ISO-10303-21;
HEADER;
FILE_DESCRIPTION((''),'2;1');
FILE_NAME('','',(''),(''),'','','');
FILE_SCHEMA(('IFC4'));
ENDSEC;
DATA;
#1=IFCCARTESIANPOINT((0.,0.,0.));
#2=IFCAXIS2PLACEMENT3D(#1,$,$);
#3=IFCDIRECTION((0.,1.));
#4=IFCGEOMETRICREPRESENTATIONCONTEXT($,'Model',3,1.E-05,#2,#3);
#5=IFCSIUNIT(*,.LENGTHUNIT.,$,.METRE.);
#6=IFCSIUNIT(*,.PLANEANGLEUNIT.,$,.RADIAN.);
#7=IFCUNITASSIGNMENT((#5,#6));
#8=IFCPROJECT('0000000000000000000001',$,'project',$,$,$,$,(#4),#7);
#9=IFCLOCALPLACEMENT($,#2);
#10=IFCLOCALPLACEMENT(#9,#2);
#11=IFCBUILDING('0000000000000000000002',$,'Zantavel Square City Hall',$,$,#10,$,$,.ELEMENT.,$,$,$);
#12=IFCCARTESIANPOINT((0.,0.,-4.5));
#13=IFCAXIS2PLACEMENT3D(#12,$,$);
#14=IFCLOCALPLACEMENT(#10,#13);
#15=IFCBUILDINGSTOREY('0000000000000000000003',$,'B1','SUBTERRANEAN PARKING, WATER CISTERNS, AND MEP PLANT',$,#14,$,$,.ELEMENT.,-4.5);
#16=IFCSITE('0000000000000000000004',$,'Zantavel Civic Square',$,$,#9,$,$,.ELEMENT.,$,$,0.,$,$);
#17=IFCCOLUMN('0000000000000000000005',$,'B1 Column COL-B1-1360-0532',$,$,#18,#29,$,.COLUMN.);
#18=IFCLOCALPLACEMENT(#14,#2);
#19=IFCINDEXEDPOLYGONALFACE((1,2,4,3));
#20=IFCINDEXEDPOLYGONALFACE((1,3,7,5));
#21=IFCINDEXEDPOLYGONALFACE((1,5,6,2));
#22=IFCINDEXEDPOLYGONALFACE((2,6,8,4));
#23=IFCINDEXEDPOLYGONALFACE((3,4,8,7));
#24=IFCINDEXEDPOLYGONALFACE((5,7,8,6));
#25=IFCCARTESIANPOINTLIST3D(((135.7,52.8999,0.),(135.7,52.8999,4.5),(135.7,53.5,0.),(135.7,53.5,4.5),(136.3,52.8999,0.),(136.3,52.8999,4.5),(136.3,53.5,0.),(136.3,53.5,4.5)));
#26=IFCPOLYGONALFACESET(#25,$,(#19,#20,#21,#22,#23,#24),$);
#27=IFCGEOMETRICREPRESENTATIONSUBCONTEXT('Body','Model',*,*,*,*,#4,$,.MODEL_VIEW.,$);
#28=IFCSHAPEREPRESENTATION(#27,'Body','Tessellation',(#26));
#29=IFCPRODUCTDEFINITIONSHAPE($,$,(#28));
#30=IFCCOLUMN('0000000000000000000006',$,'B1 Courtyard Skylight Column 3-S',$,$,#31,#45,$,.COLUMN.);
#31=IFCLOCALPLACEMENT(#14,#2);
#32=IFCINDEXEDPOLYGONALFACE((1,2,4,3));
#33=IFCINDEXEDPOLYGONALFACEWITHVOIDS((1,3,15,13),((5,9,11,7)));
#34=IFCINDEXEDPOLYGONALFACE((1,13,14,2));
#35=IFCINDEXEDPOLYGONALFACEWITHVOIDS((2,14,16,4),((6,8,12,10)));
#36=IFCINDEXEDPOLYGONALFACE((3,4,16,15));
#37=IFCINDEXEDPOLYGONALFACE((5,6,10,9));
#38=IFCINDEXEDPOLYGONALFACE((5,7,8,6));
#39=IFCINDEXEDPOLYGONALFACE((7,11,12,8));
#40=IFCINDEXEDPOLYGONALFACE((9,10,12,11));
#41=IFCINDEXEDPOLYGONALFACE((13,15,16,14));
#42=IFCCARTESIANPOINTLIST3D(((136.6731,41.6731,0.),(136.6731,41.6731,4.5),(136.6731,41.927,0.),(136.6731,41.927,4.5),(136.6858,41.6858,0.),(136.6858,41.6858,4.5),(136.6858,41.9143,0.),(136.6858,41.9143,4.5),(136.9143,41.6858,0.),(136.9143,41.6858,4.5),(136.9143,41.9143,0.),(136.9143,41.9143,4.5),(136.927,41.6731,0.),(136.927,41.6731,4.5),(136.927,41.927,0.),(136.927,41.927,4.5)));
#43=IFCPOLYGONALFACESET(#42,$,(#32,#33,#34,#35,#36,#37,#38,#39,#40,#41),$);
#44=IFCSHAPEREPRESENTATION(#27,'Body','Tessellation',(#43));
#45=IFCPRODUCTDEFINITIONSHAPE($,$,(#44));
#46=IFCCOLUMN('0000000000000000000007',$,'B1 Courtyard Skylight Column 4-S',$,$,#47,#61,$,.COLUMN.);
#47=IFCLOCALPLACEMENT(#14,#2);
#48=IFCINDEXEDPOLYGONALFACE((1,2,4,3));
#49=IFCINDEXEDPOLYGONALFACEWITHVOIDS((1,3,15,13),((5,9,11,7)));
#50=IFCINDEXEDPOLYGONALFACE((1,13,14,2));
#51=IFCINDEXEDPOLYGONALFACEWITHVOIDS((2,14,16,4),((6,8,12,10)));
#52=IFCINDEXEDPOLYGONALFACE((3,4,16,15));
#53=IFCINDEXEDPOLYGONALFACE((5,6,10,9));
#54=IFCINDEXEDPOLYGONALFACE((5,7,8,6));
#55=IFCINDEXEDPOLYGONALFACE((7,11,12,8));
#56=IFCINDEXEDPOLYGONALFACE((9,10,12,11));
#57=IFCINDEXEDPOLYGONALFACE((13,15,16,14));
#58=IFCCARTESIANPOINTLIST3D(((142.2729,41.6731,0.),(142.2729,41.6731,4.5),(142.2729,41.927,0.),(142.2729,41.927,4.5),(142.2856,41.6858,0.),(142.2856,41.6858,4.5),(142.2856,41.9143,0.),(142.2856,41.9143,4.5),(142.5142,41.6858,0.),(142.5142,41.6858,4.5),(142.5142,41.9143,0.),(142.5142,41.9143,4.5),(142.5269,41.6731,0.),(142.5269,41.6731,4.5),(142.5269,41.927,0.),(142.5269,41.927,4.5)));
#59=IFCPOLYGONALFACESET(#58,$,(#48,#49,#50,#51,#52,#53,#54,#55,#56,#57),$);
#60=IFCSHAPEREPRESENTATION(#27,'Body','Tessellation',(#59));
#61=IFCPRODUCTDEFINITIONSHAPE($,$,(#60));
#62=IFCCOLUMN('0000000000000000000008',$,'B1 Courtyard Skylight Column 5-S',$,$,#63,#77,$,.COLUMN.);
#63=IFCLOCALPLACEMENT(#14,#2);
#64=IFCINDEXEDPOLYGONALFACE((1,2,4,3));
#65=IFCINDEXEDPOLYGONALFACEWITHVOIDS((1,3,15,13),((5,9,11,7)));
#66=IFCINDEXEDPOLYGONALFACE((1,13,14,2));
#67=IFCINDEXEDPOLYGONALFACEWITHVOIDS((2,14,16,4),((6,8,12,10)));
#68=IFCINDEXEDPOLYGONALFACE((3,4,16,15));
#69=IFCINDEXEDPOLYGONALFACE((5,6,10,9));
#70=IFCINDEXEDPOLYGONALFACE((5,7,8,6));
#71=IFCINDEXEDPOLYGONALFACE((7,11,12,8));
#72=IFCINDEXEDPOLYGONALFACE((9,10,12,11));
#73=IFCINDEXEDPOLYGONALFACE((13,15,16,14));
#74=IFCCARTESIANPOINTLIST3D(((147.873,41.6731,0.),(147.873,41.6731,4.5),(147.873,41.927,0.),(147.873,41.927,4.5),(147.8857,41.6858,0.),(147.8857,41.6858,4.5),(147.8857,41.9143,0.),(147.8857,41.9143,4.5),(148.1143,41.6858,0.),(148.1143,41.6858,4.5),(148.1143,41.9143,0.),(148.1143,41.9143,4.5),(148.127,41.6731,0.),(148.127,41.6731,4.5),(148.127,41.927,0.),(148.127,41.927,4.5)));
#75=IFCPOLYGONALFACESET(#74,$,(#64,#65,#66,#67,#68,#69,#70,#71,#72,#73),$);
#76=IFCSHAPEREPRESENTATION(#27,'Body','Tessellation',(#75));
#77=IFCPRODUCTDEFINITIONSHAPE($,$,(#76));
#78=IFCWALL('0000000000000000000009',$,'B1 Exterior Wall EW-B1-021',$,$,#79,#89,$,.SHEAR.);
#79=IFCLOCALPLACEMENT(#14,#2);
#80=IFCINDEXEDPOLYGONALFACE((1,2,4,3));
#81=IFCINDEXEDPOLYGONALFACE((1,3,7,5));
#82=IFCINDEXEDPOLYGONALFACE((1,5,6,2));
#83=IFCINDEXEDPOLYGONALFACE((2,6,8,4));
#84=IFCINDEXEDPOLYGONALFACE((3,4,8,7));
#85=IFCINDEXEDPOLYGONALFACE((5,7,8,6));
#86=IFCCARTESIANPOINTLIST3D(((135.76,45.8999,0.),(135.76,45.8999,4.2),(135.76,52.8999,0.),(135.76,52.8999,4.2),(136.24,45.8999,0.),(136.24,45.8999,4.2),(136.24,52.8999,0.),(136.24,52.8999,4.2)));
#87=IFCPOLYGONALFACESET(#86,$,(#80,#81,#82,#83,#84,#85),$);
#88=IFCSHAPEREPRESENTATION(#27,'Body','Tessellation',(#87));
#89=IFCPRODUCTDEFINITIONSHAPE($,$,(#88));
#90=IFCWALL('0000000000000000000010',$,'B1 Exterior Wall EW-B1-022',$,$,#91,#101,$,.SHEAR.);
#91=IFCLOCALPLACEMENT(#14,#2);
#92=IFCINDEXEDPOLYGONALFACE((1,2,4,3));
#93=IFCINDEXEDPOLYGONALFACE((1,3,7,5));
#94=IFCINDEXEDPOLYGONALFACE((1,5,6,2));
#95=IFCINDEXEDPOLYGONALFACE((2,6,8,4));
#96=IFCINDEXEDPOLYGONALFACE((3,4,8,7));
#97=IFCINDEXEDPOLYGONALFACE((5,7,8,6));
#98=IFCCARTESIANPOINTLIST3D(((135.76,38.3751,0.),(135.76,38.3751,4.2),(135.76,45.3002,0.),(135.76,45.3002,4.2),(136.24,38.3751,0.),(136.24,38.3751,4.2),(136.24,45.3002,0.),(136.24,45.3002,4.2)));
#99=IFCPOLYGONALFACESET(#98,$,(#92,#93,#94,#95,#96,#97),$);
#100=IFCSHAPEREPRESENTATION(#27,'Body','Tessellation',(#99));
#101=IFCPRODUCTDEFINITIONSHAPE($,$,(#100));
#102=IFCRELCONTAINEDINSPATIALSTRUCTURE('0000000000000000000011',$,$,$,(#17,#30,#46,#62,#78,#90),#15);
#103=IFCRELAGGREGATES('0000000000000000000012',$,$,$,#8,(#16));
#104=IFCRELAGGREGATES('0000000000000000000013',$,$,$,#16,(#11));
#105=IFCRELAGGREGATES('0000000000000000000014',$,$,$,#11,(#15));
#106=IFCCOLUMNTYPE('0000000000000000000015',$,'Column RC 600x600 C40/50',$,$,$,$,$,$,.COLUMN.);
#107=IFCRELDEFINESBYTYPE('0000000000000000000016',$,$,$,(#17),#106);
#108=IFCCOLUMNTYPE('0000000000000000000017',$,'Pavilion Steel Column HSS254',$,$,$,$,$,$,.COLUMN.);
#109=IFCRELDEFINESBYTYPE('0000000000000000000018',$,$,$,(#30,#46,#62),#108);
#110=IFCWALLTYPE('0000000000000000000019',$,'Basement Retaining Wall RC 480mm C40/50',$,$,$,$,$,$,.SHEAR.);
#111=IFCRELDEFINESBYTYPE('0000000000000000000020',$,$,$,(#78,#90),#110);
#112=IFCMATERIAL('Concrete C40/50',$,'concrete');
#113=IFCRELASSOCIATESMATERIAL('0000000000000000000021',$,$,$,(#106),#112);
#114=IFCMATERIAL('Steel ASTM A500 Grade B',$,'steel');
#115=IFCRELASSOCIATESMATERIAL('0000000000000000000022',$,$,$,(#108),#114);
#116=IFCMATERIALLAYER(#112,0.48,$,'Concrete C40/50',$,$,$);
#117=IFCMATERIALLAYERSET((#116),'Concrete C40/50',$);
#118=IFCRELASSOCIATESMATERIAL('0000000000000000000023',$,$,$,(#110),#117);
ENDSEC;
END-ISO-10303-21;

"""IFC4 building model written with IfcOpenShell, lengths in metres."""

from ifc_helpers import new_model, si_unit, direction, frame, frame_2d, origin, origin_2d, place, context, subcontext, project, spatial, rectangle, hollow_rectangle, extrude, material, layer, layer_set, material_profile, profile_set, type_object, element, save


model = new_model("IFC4")

# Units and contexts
model_context = context("Model", 3, precision=1e-05, world=origin(), true_north=direction((0.0, 1.0)))
body_context = subcontext(model_context, "Body", "Model", "MODEL_VIEW")
ifc_project = project(units=[si_unit("LENGTHUNIT", "METRE"), si_unit("PLANEANGLEUNIT", "RADIAN")], contexts=[model_context])

# Site, building, storey
site_placement = place(None, origin())
site = spatial("IfcSite", under=ifc_project, at=site_placement, Name="Zantavel Civic Square", CompositionType="ELEMENT", RefElevation=0.0)
building_placement = place(site_placement, origin())
building = spatial("IfcBuilding", under=site, at=building_placement, Name="Zantavel Square City Hall", CompositionType="ELEMENT")
storey_placement = place(building_placement, frame((0.0, 0.0, -4.5)))
storey = spatial("IfcBuildingStorey", under=building, at=storey_placement, Name="B1", Description="SUBTERRANEAN PARKING, WATER CISTERNS, AND MEP PLANT", CompositionType="ELEMENT", Elevation=-4.5)

# Shared definitions
ifc_material_1 = material(Name="Concrete C40/50", Category="concrete")

# Columns
ifc_material_profile_1 = material_profile(ifc_material_1, rectangle(XDim=0.6001, YDim=0.6001, at=origin_2d()), Name="RC 600x600")
ifc_profile_set_1 = profile_set([ifc_material_profile_1], Name="Concrete C40/50")
column_type_1 = type_object("IfcColumnType", Name="Column RC 600x600 C40/50", PredefinedType="COLUMN", material=ifc_profile_set_1)
for number, where, z_axis, x_axis, name in (
    (1, (136.0, 53.2, 0.0), (0.0, 0.0, 1.0), (1.0, 0.0, 0.0), "B1 Column COL-B1-1360-0532"),
):
    element("IfcColumn", number, at=place(storey_placement, frame(where, z_axis=z_axis, x_axis=x_axis)), inside=storey, type_object=column_type_1, Name=name, PredefinedType="COLUMN", context=body_context, shape_type="SweptSolid", body=[
        extrude(rectangle(XDim=0.6001, YDim=0.6001, at=origin_2d()), origin(), (0.0, 0.0, 1.0), 4.5),
    ])
ifc_material_2 = material(Name="Steel ASTM A500 Grade B", Category="steel")
ifc_material_profile_2 = material_profile(ifc_material_2, hollow_rectangle(XDim=0.2539, YDim=0.2539, WallThickness=0.0127, at=origin_2d()), Name="HSS 254x254x12.7")
ifc_profile_set_2 = profile_set([ifc_material_profile_2], Name="Steel ASTM A500 Grade B")
column_type_2 = type_object("IfcColumnType", Name="Pavilion Steel Column HSS254", PredefinedType="COLUMN", material=ifc_profile_set_2)
for number, where, z_axis, x_axis, name in (
    (2, (136.8, 41.8, 0.0), (0.0, 0.0, 1.0), (1.0, 0.0, 0.0), "B1 Courtyard Skylight Column 3-S"),
    (3, (142.3999, 41.8, 0.0), (0.0, 0.0, 1.0), (1.0, 0.0, 0.0), "B1 Courtyard Skylight Column 4-S"),
    (4, (148.0, 41.8, 0.0), (0.0, 0.0, 1.0), (1.0, 0.0, 0.0), "B1 Courtyard Skylight Column 5-S"),
):
    element("IfcColumn", number, at=place(storey_placement, frame(where, z_axis=z_axis, x_axis=x_axis)), inside=storey, type_object=column_type_2, Name=name, PredefinedType="COLUMN", context=body_context, shape_type="SweptSolid", body=[
        extrude(hollow_rectangle(XDim=0.2539, YDim=0.2539, WallThickness=0.0127, at=origin_2d()), origin(), (0.0, 0.0, 1.0), 4.5),
    ])

# Walls
ifc_layer_1 = layer(ifc_material_1, 0.48, Name="Concrete C40/50")
ifc_layer_set_1 = layer_set([ifc_layer_1], Name="Concrete C40/50")
wall_type = type_object("IfcWallType", Name="Basement Retaining Wall RC 480mm C40/50", PredefinedType="SHEAR", material=ifc_layer_set_1)
wall_1_placement = place(storey_placement, frame((136.0, 52.8999, 0.0), z_axis=(0.0, 0.0, 1.0), x_axis=(0.0, -1.0, 0.0)))
element("IfcWall", 5, at=wall_1_placement, inside=storey, type_object=wall_type, Name="B1 Exterior Wall EW-B1-021", PredefinedType="SHEAR", context=body_context, shape_type="SweptSolid", body=[
    extrude(rectangle(XDim=7.0, YDim=0.48, at=frame_2d((3.5, 0.0))), origin(), (0.0, 0.0, 1.0), 4.2),
])
wall_2_placement = place(storey_placement, frame((136.0, 45.3, 0.0), z_axis=(0.0, 0.0, 1.0), x_axis=(0.0, -1.0, 0.0)))
element("IfcWall", 6, at=wall_2_placement, inside=storey, type_object=wall_type, Name="B1 Exterior Wall EW-B1-022", PredefinedType="SHEAR", context=body_context, shape_type="SweptSolid", body=[
    extrude(rectangle(XDim=6.925, YDim=0.48, at=frame_2d((3.4624, 0.0))), origin(), (0.0, 0.0, 1.0), 4.2),
])

save(model, "model.ifc")
